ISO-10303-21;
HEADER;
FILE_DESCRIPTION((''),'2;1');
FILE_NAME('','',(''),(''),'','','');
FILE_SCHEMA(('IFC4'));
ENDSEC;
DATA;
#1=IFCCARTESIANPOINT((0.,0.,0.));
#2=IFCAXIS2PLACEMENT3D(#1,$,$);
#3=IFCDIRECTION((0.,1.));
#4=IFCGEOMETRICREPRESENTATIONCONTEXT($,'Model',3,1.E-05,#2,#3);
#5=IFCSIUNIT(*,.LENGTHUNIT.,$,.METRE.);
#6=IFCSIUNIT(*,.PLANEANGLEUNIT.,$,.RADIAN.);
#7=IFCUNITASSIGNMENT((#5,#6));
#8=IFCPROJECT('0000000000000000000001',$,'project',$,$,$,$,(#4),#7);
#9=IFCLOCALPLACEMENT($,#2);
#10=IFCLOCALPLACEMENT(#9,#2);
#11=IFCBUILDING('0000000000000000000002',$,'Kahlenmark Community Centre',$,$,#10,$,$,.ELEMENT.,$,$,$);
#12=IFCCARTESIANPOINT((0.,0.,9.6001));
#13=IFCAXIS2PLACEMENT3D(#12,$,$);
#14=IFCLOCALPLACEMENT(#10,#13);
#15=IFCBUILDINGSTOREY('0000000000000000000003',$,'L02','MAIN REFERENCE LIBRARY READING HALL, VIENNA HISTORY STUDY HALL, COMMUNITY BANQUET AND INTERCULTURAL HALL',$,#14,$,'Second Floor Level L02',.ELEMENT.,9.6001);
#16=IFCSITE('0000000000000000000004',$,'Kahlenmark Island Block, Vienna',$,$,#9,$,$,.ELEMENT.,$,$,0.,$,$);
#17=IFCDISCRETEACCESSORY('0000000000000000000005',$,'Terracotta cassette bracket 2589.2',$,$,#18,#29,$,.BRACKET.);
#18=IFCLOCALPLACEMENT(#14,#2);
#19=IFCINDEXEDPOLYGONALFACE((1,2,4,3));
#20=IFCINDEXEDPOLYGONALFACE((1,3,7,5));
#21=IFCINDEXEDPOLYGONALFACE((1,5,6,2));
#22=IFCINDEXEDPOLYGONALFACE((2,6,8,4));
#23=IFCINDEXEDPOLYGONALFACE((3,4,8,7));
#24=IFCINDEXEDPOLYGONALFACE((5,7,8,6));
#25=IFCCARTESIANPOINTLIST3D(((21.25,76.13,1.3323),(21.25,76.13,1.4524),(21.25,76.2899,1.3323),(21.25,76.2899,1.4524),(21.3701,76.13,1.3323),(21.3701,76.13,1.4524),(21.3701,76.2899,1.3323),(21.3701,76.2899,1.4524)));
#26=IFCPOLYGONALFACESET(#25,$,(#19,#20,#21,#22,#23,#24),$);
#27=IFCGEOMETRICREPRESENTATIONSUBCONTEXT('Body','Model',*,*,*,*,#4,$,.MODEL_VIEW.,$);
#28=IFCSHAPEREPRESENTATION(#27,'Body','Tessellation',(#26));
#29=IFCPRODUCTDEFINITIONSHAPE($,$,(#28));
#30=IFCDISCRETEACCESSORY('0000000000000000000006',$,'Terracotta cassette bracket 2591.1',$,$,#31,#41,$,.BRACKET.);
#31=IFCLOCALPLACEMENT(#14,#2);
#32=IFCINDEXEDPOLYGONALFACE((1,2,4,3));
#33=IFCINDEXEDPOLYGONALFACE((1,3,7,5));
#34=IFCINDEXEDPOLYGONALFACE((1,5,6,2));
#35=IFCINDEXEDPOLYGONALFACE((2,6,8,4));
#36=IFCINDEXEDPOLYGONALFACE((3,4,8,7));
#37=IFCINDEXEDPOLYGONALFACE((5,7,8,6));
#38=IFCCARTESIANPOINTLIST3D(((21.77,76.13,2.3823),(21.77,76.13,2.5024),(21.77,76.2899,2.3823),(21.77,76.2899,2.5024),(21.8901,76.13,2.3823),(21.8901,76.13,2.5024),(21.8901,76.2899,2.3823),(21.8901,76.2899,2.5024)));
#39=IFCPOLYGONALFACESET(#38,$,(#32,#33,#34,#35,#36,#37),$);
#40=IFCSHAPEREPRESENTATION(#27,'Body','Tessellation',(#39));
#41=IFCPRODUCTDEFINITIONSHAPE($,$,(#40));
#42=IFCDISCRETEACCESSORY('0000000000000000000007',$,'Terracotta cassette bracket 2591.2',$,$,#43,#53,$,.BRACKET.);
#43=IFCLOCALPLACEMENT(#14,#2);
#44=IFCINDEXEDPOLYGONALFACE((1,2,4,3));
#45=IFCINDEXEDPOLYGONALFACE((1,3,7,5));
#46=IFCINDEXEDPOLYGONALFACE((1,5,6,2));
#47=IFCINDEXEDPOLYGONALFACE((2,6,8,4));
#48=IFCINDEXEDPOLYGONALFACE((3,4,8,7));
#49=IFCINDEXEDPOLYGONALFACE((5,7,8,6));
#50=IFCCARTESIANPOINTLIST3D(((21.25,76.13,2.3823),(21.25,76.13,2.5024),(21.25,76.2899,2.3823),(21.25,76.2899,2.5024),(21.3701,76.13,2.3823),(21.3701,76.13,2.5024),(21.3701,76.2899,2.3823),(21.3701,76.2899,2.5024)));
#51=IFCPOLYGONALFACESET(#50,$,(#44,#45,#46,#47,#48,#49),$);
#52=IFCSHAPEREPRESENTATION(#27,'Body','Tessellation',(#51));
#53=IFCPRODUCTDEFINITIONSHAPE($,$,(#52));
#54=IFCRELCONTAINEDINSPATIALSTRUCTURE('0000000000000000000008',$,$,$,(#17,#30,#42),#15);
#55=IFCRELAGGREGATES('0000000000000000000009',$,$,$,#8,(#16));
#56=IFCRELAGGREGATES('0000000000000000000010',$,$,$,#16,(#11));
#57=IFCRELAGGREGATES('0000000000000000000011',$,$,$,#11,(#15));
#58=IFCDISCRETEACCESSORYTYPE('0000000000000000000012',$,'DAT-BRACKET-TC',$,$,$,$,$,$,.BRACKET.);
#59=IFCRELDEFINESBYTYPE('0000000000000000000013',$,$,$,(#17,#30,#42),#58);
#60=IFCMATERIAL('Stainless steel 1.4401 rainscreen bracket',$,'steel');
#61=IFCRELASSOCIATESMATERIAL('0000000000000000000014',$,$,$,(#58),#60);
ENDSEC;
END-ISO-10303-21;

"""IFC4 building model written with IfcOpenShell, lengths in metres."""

from ifc_helpers import new_model, si_unit, direction, frame, origin, origin_2d, place, context, subcontext, project, spatial, rectangle, extrude, material, type_object, element, save


model = new_model("IFC4")

# Units and contexts
model_context = context("Model", 3, precision=1e-05, world=origin(), true_north=direction((0.0, 1.0)))
body_context = subcontext(model_context, "Body", "Model", "MODEL_VIEW")
ifc_project = project(units=[si_unit("LENGTHUNIT", "METRE"), si_unit("PLANEANGLEUNIT", "RADIAN")], contexts=[model_context])

# Site, building, storey
site_placement = place(None, origin())
site = spatial("IfcSite", under=ifc_project, at=site_placement, Name="Kahlenmark Island Block, Vienna", CompositionType="ELEMENT", RefElevation=0.0)
building_placement = place(site_placement, origin())
building = spatial("IfcBuilding", under=site, at=building_placement, Name="Kahlenmark Community Centre", CompositionType="ELEMENT")
storey_placement = place(building_placement, frame((0.0, 0.0, 9.6001)))
storey = spatial("IfcBuildingStorey", under=building, at=storey_placement, Name="L02", Description="MAIN REFERENCE LIBRARY READING HALL, VIENNA HISTORY STUDY HALL, COMMUNITY BANQUET AND INTERCULTURAL HALL", LongName="Second Floor Level L02", CompositionType="ELEMENT", Elevation=9.6001)

# Discrete accessories
ifc_material_1 = material(Name="Stainless steel 1.4401 rainscreen bracket", Category="steel")
discrete_accessory_type = type_object("IfcDiscreteAccessoryType", Name="DAT-BRACKET-TC", PredefinedType="BRACKET", material=ifc_material_1)
for number, where, z_axis, x_axis, name in (
    (1, (21.3101, 76.21, 1.3323), (0.0, 0.0, 1.0), (-1.0, 0.0, 0.0), "Terracotta cassette bracket 2589.2"),
    (2, (21.8301, 76.21, 2.3823), (0.0, 0.0, 1.0), (-1.0, 0.0, 0.0), "Terracotta cassette bracket 2591.1"),
    (3, (21.3101, 76.21, 2.3823), (0.0, 0.0, 1.0), (-1.0, 0.0, 0.0), "Terracotta cassette bracket 2591.2"),
):
    element("IfcDiscreteAccessory", number, at=place(storey_placement, frame(where, z_axis=z_axis, x_axis=x_axis)), inside=storey, type_object=discrete_accessory_type, Name=name, PredefinedType="BRACKET", context=body_context, shape_type="SweptSolid", body=[
        extrude(rectangle(XDim=0.1201, YDim=0.1599, at=origin_2d()), origin(), (0.0, 0.0, 1.0), 0.1201),
    ])

save(model, "model.ifc")
